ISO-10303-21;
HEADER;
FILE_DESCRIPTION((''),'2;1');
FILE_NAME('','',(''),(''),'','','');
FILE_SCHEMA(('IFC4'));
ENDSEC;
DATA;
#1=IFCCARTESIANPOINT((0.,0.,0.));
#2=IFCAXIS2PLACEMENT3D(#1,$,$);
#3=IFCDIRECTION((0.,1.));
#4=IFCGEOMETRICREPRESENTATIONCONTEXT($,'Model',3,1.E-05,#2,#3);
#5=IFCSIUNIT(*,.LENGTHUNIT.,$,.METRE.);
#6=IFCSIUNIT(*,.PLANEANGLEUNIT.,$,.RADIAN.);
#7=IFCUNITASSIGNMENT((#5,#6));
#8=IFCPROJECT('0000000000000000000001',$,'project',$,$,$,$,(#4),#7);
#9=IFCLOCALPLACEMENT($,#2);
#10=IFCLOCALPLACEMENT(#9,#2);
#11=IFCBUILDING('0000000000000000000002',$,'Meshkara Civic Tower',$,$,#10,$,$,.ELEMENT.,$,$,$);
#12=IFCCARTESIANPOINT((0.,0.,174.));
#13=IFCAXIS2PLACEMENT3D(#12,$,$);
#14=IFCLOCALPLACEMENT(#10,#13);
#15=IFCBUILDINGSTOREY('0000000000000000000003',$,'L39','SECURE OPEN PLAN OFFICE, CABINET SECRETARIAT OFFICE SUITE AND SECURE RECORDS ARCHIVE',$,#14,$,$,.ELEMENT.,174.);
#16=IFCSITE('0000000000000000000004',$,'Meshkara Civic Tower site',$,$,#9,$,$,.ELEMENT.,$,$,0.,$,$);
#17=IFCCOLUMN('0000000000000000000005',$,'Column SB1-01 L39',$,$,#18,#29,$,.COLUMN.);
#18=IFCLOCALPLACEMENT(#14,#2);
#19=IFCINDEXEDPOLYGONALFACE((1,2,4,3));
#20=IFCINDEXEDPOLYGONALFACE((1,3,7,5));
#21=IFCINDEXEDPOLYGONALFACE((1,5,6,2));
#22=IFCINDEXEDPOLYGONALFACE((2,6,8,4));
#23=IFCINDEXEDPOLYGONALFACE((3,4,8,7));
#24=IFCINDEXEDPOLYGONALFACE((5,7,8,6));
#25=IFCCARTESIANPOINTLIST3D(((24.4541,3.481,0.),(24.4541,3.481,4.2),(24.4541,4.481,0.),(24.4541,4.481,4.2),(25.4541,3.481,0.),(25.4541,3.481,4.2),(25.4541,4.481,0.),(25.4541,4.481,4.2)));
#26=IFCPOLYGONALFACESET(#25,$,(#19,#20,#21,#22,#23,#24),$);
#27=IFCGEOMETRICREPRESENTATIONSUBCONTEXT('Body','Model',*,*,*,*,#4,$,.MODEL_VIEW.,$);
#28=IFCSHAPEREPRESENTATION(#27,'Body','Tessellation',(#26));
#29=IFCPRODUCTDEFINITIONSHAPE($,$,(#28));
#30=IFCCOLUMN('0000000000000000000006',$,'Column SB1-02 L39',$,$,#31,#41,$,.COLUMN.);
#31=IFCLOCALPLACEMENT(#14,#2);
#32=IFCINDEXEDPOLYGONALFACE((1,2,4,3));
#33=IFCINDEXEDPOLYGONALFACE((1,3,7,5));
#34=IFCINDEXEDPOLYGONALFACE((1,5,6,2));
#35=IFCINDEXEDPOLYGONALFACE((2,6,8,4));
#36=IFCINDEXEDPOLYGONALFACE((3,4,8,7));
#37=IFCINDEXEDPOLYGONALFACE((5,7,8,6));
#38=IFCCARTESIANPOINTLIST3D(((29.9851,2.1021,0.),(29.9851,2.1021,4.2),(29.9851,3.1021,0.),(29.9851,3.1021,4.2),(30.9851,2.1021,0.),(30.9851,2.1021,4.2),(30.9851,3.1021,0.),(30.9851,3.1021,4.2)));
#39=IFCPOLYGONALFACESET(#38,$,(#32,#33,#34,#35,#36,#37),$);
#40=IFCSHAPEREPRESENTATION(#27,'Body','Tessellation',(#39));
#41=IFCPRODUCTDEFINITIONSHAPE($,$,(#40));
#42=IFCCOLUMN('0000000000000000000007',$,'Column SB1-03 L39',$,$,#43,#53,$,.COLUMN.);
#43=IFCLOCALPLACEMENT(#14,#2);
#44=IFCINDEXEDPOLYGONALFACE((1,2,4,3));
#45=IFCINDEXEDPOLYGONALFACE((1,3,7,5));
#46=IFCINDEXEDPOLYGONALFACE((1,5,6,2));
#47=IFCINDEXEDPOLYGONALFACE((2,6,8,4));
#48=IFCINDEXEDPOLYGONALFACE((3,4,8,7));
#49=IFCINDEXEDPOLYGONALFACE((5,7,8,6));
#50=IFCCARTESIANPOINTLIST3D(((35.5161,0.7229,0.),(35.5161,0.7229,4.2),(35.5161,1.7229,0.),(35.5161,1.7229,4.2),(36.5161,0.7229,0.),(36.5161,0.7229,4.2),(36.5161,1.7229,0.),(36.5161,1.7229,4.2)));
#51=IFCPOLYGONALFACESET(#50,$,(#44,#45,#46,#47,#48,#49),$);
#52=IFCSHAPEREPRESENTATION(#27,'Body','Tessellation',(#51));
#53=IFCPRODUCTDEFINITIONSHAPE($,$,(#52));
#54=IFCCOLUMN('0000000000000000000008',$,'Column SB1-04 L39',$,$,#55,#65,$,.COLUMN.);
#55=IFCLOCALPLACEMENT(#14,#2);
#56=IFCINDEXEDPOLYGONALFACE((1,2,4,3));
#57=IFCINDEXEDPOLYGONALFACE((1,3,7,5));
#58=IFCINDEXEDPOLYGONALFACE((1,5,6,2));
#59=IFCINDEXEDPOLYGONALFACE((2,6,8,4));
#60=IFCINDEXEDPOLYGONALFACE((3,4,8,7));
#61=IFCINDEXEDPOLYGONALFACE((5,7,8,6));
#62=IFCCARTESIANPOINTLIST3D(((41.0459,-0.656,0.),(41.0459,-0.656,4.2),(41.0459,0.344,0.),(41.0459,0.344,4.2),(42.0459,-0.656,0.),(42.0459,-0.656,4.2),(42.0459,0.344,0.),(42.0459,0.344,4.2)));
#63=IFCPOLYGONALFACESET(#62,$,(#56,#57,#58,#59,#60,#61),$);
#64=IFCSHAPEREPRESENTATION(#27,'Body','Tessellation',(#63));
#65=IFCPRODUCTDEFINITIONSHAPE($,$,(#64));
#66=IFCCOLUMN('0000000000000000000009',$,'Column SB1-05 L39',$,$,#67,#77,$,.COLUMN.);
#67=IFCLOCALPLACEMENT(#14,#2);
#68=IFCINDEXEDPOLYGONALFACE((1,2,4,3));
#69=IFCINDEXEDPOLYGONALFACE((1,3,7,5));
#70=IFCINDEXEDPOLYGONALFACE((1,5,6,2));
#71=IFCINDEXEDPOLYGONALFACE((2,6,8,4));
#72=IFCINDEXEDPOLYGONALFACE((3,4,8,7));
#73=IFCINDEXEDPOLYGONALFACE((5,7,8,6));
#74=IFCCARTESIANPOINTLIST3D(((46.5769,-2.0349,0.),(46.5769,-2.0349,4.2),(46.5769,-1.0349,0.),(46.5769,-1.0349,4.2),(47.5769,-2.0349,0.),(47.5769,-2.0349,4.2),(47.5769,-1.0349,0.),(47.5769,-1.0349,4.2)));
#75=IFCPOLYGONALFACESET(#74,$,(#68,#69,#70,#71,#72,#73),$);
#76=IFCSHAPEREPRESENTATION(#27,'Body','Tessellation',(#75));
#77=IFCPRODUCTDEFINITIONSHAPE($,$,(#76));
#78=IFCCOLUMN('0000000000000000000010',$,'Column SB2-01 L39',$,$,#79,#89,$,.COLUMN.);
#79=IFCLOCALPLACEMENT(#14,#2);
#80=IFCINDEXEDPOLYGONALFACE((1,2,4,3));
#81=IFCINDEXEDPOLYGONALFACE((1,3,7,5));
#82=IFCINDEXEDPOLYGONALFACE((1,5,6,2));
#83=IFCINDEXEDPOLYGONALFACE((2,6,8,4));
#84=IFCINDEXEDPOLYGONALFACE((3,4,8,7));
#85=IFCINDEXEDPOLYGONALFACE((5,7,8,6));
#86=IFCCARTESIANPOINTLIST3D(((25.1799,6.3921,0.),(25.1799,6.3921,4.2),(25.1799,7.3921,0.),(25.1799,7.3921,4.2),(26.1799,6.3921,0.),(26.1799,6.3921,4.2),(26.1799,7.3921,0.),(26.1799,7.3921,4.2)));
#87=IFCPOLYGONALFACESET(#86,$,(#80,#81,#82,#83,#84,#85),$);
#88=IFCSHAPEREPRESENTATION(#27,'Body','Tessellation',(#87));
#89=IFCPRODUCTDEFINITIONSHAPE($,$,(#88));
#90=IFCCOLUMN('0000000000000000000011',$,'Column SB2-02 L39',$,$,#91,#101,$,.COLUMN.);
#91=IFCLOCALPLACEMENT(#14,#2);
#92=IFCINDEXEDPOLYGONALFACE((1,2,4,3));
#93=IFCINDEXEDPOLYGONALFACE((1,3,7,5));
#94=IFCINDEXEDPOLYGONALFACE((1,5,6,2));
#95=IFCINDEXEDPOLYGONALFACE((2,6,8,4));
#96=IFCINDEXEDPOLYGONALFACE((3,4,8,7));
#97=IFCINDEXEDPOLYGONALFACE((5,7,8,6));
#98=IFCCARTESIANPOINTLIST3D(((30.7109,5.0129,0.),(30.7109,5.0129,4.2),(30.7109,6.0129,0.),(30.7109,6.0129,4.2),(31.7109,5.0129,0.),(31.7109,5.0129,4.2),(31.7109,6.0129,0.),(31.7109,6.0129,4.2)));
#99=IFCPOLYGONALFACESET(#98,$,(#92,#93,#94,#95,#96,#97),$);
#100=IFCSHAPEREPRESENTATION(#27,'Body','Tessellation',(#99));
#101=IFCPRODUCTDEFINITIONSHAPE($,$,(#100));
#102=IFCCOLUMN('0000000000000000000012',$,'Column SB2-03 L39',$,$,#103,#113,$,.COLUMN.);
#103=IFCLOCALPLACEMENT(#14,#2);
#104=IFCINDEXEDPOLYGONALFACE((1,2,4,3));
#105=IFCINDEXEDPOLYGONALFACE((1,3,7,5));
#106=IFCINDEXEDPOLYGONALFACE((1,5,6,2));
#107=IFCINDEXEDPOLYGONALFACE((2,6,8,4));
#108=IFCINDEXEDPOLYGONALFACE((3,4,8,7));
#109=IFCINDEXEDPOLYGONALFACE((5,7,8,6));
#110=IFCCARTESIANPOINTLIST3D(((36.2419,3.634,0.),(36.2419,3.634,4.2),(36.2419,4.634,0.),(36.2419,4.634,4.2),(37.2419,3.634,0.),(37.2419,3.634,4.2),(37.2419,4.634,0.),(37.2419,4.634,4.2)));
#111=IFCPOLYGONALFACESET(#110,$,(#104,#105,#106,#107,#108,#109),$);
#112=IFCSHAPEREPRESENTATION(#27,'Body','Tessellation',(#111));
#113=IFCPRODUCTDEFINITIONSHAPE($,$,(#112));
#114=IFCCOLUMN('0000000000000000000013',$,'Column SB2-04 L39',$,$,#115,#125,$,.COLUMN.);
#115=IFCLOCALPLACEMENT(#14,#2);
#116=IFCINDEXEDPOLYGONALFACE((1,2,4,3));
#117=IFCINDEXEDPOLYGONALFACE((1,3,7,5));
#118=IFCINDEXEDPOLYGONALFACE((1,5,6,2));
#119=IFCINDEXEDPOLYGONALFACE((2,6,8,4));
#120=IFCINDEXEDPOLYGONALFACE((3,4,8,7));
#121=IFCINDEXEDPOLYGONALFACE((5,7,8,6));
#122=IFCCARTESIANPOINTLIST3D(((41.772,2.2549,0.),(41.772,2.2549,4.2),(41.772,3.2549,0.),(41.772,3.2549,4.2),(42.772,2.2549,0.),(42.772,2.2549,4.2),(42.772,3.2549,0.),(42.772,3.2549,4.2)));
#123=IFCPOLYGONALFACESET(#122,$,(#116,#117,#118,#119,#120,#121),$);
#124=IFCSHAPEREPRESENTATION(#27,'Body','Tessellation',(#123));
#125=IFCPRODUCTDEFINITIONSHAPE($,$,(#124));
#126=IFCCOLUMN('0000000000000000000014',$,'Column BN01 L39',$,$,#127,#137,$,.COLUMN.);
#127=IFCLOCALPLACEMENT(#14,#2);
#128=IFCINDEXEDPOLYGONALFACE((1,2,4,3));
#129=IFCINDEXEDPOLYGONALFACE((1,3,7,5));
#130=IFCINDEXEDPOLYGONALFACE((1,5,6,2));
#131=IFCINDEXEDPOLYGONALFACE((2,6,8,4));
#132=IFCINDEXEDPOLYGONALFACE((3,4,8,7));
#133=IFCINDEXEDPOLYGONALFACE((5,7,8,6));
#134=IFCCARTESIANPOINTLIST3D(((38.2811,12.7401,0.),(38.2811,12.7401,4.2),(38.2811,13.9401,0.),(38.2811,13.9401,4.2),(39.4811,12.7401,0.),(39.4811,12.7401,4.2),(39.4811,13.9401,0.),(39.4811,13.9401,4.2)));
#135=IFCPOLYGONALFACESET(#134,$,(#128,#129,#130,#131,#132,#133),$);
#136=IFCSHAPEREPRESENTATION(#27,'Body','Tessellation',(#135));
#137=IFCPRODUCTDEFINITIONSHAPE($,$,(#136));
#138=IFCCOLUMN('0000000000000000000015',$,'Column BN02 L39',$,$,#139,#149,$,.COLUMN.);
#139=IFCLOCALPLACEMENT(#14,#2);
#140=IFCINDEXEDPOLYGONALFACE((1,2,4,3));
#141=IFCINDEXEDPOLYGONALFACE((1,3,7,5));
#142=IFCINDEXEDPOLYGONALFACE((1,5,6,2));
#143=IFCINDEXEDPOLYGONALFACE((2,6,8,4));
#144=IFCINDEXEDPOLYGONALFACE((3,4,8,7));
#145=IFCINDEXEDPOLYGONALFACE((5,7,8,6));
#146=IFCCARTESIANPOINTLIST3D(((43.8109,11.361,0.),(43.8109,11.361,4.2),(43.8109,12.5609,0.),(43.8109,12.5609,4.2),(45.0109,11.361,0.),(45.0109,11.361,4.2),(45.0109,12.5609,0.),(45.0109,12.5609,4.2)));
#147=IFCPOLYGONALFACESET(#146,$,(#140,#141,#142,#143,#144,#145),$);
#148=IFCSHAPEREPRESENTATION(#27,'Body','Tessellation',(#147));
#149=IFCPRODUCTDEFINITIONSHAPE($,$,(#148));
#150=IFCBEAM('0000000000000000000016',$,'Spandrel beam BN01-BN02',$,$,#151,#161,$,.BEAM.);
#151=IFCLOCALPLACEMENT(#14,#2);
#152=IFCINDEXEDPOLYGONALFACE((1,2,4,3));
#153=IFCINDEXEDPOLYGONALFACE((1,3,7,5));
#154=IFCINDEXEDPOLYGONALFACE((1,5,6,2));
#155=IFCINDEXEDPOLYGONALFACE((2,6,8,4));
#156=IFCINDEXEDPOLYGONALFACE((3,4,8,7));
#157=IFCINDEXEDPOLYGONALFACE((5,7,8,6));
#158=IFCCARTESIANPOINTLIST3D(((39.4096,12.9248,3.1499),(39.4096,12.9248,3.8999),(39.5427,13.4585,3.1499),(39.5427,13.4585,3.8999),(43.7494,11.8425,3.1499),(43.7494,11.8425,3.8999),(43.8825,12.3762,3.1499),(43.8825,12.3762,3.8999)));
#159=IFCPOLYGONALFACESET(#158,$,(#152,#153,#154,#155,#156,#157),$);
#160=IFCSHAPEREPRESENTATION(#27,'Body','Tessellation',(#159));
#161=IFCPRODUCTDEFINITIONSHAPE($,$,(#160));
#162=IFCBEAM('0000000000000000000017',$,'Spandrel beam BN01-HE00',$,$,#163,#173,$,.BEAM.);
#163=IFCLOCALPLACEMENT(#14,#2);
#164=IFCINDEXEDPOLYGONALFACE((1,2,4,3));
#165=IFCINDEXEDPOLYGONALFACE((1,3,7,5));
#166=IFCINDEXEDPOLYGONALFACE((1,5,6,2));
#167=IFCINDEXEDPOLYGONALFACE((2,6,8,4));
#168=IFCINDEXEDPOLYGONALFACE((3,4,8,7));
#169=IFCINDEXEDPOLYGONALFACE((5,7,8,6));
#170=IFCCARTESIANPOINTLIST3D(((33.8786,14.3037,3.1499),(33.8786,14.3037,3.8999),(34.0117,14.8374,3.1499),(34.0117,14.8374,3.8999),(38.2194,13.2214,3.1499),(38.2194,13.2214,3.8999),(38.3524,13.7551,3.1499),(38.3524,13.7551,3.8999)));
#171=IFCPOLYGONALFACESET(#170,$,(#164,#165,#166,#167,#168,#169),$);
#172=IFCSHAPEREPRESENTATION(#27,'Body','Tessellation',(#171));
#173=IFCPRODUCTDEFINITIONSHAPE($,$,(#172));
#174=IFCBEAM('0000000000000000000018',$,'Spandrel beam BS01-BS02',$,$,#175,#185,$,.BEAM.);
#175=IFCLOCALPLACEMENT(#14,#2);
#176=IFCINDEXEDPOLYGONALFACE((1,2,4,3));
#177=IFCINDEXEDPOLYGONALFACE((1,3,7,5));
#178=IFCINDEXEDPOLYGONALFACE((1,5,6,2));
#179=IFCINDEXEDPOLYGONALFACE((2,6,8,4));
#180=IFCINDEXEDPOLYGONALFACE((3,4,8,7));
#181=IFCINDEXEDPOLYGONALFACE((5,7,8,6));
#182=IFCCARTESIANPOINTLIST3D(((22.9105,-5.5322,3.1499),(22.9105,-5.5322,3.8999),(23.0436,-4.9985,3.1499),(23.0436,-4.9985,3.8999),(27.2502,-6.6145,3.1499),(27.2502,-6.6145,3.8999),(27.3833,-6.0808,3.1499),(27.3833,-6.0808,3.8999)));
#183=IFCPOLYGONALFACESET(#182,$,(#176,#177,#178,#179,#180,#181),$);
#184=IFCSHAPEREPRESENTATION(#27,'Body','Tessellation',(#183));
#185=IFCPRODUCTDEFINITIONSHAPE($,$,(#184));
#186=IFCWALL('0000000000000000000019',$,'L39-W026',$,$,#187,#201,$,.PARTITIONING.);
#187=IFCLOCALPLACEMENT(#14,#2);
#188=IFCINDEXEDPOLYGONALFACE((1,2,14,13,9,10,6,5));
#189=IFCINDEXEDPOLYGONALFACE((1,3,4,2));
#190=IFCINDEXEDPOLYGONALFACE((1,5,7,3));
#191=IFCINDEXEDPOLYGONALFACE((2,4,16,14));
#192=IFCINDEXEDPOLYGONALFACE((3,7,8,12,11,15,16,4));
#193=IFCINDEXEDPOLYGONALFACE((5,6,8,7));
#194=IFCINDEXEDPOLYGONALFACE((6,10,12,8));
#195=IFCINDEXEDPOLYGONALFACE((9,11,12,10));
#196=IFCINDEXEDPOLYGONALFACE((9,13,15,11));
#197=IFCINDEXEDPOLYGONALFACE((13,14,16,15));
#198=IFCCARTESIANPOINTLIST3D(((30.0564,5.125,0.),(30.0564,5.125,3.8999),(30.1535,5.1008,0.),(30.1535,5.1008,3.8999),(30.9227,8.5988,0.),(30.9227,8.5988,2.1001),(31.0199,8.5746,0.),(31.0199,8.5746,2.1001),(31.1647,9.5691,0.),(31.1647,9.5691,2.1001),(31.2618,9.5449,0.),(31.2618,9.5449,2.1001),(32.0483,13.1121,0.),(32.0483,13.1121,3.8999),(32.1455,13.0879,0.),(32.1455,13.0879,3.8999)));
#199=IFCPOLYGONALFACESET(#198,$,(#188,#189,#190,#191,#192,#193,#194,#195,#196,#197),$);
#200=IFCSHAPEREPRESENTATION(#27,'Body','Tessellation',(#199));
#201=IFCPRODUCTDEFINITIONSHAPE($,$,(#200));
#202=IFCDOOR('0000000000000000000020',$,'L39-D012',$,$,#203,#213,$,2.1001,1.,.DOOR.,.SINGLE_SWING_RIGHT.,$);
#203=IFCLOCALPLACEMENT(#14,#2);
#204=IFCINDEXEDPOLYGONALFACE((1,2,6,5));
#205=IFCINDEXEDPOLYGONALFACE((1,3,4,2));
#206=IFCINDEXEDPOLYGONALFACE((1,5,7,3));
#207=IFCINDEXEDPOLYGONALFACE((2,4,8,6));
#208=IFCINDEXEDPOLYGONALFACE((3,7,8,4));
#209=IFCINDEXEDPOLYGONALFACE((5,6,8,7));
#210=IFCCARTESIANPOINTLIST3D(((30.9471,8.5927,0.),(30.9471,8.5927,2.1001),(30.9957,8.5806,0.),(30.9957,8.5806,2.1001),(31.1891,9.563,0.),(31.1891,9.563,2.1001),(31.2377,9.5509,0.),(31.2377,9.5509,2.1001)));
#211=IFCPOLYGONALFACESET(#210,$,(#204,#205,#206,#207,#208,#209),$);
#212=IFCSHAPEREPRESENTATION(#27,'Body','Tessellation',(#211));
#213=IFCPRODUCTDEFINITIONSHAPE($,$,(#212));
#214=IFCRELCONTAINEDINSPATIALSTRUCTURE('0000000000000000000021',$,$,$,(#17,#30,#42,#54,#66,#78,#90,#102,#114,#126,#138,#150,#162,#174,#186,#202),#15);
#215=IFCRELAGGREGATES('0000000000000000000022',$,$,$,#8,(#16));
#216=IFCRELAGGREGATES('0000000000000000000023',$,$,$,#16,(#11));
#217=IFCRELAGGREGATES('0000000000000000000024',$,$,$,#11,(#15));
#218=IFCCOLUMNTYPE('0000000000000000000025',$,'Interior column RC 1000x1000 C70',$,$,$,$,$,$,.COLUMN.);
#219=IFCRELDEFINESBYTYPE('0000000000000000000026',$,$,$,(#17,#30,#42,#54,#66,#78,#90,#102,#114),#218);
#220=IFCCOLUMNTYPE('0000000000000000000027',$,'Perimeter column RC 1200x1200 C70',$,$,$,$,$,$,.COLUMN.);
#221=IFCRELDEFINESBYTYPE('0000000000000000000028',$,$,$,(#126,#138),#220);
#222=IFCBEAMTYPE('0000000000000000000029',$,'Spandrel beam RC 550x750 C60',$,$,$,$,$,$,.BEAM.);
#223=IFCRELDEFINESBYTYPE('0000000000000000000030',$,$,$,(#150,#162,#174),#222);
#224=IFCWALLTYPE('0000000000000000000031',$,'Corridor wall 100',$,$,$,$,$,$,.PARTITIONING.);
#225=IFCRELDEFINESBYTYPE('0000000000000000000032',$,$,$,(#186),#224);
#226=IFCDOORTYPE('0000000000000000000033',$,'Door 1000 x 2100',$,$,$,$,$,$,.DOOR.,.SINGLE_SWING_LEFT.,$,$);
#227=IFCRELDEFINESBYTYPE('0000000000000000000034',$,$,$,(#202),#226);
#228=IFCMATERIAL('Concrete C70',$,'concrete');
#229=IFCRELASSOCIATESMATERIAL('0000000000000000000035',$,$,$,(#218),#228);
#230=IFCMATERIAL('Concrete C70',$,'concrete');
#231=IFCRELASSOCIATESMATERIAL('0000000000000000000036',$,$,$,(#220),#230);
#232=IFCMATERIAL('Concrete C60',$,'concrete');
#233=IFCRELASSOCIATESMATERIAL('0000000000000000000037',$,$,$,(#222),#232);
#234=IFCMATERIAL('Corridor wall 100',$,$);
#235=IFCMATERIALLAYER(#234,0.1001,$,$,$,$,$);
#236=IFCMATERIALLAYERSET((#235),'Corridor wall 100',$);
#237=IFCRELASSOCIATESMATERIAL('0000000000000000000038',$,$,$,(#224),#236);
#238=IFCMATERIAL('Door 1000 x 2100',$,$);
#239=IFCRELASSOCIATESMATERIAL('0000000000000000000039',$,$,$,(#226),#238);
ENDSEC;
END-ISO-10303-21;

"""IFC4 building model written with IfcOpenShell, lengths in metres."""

from ifc_helpers import new_model, si_unit, direction, frame, frame_2d, origin, origin_2d, place, context, subcontext, project, spatial, rectangle, extrude, material, layer, layer_set, material_profile, profile_set, type_object, element, fill, save


model = new_model("IFC4")

# Units and contexts
model_context = context("Model", 3, precision=1e-05, world=origin(), true_north=direction((0.0, 1.0)))
body_context = subcontext(model_context, "Body", "Model", "MODEL_VIEW")
ifc_project = project(units=[si_unit("LENGTHUNIT", "METRE"), si_unit("PLANEANGLEUNIT", "RADIAN")], contexts=[model_context])

# Site, building, storey
site_placement = place(None, origin())
site = spatial("IfcSite", under=ifc_project, at=site_placement, Name="Meshkara Civic Tower site", CompositionType="ELEMENT", RefElevation=0.0)
building_placement = place(site_placement, origin())
building = spatial("IfcBuilding", under=site, at=building_placement, Name="Meshkara Civic Tower", CompositionType="ELEMENT")
storey_placement = place(building_placement, frame((0.0, 0.0, 174.0)))
storey = spatial("IfcBuildingStorey", under=building, at=storey_placement, Name="L39", Description="SECURE OPEN PLAN OFFICE, CABINET SECRETARIAT OFFICE SUITE AND SECURE RECORDS ARCHIVE", CompositionType="ELEMENT", Elevation=174.0)

# Columns
ifc_material_1 = material(Name="Concrete C70", Category="concrete")
ifc_material_profile_1 = material_profile(ifc_material_1, rectangle(XDim=1.0, YDim=1.0, at=origin_2d()))
ifc_profile_set_1 = profile_set([ifc_material_profile_1], Name="Concrete C70")
column_type_1 = type_object("IfcColumnType", Name="Interior column RC 1000x1000 C70", PredefinedType="COLUMN", material=ifc_profile_set_1)
for number, where, z_axis, x_axis, name in (
    (1, (24.9541, 3.981, 0.0), (0.0, 0.0, 1.0), (1.0, 0.0, 0.0), "Column SB1-01 L39"),
    (2, (30.4851, 2.6021, 0.0), (0.0, 0.0, 1.0), (1.0, 0.0, 0.0), "Column SB1-02 L39"),
    (3, (36.0161, 1.2229, 0.0), (0.0, 0.0, 1.0), (1.0, 0.0, 0.0), "Column SB1-03 L39"),
    (4, (41.5459, -0.156, 0.0), (0.0, 0.0, 1.0), (1.0, 0.0, 0.0), "Column SB1-04 L39"),
    (5, (47.0769, -1.5349, 0.0), (0.0, 0.0, 1.0), (1.0, 0.0, 0.0), "Column SB1-05 L39"),
    (6, (25.6799, 6.8921, 0.0), (0.0, 0.0, 1.0), (1.0, 0.0, 0.0), "Column SB2-01 L39"),
    (7, (31.2109, 5.5129, 0.0), (0.0, 0.0, 1.0), (1.0, 0.0, 0.0), "Column SB2-02 L39"),
    (8, (36.7419, 4.134, 0.0), (0.0, 0.0, 1.0), (1.0, 0.0, 0.0), "Column SB2-03 L39"),
    (9, (42.272, 2.7549, 0.0), (0.0, 0.0, 1.0), (1.0, 0.0, 0.0), "Column SB2-04 L39"),
):
    element("IfcColumn", number, at=place(storey_placement, frame(where, z_axis=z_axis, x_axis=x_axis)), inside=storey, type_object=column_type_1, Name=name, PredefinedType="COLUMN", context=body_context, shape_type="SweptSolid", body=[
        extrude(rectangle(XDim=1.0, YDim=1.0, at=origin_2d()), origin(), (0.0, 0.0, 1.0), 4.2),
    ])
ifc_material_2 = material(Name="Concrete C70", Category="concrete")
ifc_material_profile_2 = material_profile(ifc_material_2, rectangle(XDim=1.2, YDim=1.2, at=origin_2d()))
ifc_profile_set_2 = profile_set([ifc_material_profile_2], Name="Concrete C70")
column_type_2 = type_object("IfcColumnType", Name="Perimeter column RC 1200x1200 C70", PredefinedType="COLUMN", material=ifc_profile_set_2)
for number, where, z_axis, x_axis, name in (
    (10, (38.8811, 13.3401, 0.0), (0.0, 0.0, 1.0), (1.0, 0.0, 0.0), "Column BN01 L39"),
    (11, (44.4109, 11.9609, 0.0), (0.0, 0.0, 1.0), (1.0, 0.0, 0.0), "Column BN02 L39"),
):
    element("IfcColumn", number, at=place(storey_placement, frame(where, z_axis=z_axis, x_axis=x_axis)), inside=storey, type_object=column_type_2, Name=name, PredefinedType="COLUMN", context=body_context, shape_type="SweptSolid", body=[
        extrude(rectangle(XDim=1.2, YDim=1.2, at=origin_2d()), origin(), (0.0, 0.0, 1.0), 4.2),
    ])

# Beams
ifc_material_3 = material(Name="Concrete C60", Category="concrete")
ifc_material_profile_3 = material_profile(ifc_material_3, rectangle(XDim=0.55, YDim=0.75, at=origin_2d()))
ifc_profile_set_3 = profile_set([ifc_material_profile_3], Name="Concrete C60")
beam_type = type_object("IfcBeamType", Name="Spandrel beam RC 550x750 C60", PredefinedType="BEAM", material=ifc_profile_set_3)
beam_1_placement = place(storey_placement, frame((43.8159, 12.1094, 3.5249), z_axis=(-0.970284, 0.24197, 0.0), x_axis=(-0.24197, -0.970284, 0.0)))
element("IfcBeam", 12, at=beam_1_placement, inside=storey, type_object=beam_type, Name="Spandrel beam BN01-BN02", PredefinedType="BEAM", context=body_context, shape_type="SweptSolid", body=[
    extrude(rectangle(XDim=0.55, YDim=0.75, at=origin_2d()), origin(), (0.0, 0.0, 1.0), 4.4727),
])
beam_2_placement = place(storey_placement, frame((38.2859, 13.4883, 3.5249), z_axis=(-0.970296, 0.241919, 0.0), x_axis=(-0.241919, -0.970296, 0.0)))
element("IfcBeam", 13, at=beam_2_placement, inside=storey, type_object=beam_type, Name="Spandrel beam BN01-HE00", PredefinedType="BEAM", context=body_context, shape_type="SweptSolid", body=[
    extrude(rectangle(XDim=0.55, YDim=0.75, at=origin_2d()), origin(), (0.0, 0.0, 1.0), 4.4736),
])
beam_3_placement = place(storey_placement, frame((22.9771, -5.2654, 3.5249), z_axis=(0.970284, -0.24197, 0.0), x_axis=(0.24197, 0.970284, 0.0)))
element("IfcBeam", 14, at=beam_3_placement, inside=storey, type_object=beam_type, Name="Spandrel beam BS01-BS02", PredefinedType="BEAM", context=body_context, shape_type="SweptSolid", body=[
    extrude(rectangle(XDim=0.55, YDim=0.75, at=origin_2d()), origin(), (0.0, 0.0, 1.0), 4.4727),
])

# Wall, opening, door
ifc_material_4 = material(Name="Corridor wall 100")
ifc_layer_1 = layer(ifc_material_4, 0.1001)
ifc_layer_set_1 = layer_set([ifc_layer_1], Name="Corridor wall 100")
wall_type_1 = type_object("IfcWallType", Name="Corridor wall 100", PredefinedType="PARTITIONING", material=ifc_layer_set_1)
wall_1_placement = place(storey_placement, frame((30.105, 5.113, 0.0), z_axis=(0.0, 0.0, 1.0), x_axis=(0.241984, 0.97028, 0.0)))
wall_1 = element("IfcWall", 15, at=wall_1_placement, inside=storey, type_object=wall_type_1, Name="L39-W026", PredefinedType="PARTITIONING", context=body_context, shape_type="SweptSolid", body=[
    extrude(rectangle(XDim=8.2317, YDim=0.1001, at=frame_2d((4.1157, 0.0))), origin(), (0.0, 0.0, 1.0), 3.8999),
])
opening_1_placement = place(wall_1_placement, frame((3.5801, 0.0, 0.0)))
opening_1 = element("IfcOpeningElement", 16, at=opening_1_placement, cuts=wall_1, PredefinedType="OPENING", context=body_context, shape_type="SweptSolid", body=[
    extrude(rectangle(XDim=1.0, YDim=2.1001, at=frame_2d((0.5, 1.05))), frame((0.0, 0.0601, 0.0), z_axis=(0.0, -1.0, 0.0), x_axis=(1.0, 0.0, 0.0)), (0.0, 0.0, 1.0), 0.1201),
])
ifc_material_5 = material(Name="Door 1000 x 2100")
door_type = type_object("IfcDoorType", Name="Door 1000 x 2100", OperationType="SINGLE_SWING_LEFT", PredefinedType="DOOR", material=ifc_material_5)
door_1_placement = place(opening_1_placement, origin())
door_1 = element("IfcDoor", 17, at=door_1_placement, inside=storey, type_object=door_type, Name="L39-D012", OperationType="SINGLE_SWING_RIGHT", OverallHeight=2.1001, OverallWidth=1.0, PredefinedType="DOOR", context=body_context, shape_type="SweptSolid", body=[
    extrude(rectangle(XDim=1.0, YDim=2.1001, at=frame_2d((0.5, 1.05))), frame((0.0, 0.0249, 0.0), z_axis=(0.0, -1.0, 0.0), x_axis=(1.0, 0.0, 0.0)), (0.0, 0.0, 1.0), 0.05),
])
fill(opening_1, door_1)

save(model, "model.ifc")
